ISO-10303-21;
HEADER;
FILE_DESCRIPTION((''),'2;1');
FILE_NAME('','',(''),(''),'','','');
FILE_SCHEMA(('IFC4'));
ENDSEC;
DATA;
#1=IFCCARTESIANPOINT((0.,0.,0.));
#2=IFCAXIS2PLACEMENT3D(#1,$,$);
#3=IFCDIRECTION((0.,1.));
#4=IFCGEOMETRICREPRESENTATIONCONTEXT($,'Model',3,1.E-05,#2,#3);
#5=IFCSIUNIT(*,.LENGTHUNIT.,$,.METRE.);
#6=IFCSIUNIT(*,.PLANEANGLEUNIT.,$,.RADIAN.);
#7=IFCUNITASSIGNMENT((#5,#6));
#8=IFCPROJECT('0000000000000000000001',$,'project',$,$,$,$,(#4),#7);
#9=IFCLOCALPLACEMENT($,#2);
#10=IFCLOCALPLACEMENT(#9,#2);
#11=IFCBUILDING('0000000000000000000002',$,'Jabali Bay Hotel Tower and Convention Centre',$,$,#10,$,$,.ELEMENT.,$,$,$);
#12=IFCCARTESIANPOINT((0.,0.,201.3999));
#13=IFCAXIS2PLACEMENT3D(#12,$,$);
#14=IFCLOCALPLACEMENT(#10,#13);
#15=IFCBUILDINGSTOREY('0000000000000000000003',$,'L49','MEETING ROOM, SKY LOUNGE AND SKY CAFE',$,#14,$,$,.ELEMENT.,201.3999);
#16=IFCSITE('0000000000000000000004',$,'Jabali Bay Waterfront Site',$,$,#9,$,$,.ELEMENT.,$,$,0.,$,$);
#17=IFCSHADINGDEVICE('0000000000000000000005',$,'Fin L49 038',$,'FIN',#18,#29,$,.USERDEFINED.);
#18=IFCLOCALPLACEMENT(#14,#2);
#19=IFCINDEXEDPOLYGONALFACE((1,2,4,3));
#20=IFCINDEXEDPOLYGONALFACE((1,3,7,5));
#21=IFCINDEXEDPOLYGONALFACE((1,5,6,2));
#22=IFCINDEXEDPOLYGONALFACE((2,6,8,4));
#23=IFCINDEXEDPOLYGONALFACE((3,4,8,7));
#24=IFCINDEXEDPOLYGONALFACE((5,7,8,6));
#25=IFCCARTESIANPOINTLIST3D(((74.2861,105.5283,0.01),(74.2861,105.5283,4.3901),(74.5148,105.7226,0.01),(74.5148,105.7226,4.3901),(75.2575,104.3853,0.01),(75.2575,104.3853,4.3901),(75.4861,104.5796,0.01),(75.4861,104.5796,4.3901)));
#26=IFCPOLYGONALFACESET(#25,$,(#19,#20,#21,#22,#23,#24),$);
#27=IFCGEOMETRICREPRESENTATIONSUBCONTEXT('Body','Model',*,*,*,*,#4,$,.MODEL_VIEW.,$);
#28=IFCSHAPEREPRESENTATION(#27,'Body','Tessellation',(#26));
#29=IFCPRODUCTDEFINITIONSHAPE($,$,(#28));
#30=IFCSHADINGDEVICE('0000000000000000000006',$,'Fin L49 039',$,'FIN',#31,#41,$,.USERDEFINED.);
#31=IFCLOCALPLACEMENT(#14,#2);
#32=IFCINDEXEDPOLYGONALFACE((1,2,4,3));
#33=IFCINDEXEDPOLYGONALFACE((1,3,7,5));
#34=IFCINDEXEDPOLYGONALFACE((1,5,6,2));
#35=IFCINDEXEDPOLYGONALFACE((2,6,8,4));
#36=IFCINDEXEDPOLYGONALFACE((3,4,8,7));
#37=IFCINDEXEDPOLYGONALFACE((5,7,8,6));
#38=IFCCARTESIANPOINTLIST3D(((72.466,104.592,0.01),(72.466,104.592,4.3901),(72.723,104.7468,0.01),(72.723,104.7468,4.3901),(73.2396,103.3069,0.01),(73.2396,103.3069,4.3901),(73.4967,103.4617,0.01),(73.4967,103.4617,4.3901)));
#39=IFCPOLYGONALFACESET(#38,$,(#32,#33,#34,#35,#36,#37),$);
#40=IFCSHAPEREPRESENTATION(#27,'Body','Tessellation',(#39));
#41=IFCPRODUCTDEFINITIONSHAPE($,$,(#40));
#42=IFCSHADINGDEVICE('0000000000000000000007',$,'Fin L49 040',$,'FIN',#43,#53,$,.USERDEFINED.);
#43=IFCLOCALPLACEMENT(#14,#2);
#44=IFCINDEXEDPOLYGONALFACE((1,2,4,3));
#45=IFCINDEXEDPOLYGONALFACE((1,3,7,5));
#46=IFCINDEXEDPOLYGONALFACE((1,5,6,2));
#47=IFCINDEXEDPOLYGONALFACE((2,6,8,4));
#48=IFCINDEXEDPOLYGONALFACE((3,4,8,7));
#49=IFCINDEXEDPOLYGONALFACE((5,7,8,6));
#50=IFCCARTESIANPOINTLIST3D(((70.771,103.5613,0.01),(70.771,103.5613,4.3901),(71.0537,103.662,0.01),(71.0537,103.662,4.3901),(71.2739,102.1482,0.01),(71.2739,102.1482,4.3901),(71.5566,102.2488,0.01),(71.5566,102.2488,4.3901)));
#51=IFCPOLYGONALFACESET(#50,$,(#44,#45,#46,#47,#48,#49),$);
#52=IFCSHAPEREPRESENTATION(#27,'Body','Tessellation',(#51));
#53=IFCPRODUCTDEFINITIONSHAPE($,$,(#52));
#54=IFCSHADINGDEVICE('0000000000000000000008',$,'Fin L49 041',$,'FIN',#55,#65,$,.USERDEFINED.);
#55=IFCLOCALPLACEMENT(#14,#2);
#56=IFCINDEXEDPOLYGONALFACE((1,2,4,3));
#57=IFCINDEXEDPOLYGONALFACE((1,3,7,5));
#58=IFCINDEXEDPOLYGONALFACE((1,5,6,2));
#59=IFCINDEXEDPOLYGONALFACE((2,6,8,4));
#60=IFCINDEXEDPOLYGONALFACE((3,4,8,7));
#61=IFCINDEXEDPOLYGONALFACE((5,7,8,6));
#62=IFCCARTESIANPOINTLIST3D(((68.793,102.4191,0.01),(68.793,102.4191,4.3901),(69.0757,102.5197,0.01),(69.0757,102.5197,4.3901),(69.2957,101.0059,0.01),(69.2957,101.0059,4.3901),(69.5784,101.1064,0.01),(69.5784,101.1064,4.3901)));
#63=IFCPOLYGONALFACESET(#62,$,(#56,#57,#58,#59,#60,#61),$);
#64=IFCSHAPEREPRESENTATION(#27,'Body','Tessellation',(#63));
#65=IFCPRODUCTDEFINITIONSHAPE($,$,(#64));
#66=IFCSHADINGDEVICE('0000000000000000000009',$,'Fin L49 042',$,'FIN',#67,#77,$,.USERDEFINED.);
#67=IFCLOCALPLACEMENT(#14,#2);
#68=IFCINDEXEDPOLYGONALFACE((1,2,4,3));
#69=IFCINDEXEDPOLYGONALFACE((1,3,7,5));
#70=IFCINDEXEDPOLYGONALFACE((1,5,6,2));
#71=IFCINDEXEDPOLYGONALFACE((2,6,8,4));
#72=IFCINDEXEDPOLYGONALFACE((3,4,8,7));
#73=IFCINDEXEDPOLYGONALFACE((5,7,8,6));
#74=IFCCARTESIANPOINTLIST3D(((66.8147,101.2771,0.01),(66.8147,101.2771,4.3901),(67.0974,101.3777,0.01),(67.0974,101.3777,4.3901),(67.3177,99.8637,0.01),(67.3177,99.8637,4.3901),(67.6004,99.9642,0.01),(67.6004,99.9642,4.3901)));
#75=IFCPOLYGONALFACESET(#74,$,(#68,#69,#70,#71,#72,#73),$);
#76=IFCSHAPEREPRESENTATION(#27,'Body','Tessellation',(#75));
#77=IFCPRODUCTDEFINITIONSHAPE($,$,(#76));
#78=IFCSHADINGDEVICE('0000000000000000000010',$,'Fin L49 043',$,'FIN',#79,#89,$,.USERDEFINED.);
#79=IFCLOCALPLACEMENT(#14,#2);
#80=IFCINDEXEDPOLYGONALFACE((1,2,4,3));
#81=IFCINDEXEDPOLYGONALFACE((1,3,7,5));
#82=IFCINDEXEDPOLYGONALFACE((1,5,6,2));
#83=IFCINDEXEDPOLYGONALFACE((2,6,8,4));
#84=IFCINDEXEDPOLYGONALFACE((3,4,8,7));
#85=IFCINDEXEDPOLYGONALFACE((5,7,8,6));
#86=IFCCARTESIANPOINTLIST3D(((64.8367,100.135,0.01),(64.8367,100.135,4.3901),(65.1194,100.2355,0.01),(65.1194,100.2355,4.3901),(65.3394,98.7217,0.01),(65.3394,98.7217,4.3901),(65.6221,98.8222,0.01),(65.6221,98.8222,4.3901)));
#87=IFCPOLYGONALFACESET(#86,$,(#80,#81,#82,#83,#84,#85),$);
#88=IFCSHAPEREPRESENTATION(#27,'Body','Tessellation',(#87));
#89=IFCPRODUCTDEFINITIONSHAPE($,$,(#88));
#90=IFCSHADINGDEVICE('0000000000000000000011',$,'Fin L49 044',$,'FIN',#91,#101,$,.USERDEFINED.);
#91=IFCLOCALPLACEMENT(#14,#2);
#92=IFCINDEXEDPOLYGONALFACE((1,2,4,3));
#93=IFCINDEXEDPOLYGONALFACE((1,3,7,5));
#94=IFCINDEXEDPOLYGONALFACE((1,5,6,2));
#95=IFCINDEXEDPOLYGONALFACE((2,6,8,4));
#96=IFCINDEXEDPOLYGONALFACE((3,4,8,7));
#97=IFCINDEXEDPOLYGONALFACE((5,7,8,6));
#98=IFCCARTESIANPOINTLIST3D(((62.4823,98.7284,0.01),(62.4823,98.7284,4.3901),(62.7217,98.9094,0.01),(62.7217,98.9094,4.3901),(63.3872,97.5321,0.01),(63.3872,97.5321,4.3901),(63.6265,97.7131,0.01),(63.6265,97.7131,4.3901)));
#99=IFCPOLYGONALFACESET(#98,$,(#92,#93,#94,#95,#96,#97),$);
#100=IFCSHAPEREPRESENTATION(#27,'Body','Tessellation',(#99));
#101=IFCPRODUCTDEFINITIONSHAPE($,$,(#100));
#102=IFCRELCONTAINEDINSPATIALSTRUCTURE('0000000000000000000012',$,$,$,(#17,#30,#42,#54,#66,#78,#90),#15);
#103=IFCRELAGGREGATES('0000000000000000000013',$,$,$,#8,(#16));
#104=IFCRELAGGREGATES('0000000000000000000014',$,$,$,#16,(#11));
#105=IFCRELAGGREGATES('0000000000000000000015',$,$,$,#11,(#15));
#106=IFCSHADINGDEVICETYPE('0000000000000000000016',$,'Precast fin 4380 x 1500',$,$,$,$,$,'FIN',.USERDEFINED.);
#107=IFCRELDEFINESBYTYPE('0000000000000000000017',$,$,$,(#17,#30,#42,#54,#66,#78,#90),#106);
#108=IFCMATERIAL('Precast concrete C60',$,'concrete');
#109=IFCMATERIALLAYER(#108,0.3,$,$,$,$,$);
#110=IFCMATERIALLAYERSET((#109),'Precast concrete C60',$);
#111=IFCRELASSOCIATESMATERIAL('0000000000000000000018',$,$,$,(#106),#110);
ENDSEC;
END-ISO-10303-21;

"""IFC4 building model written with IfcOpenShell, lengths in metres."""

from ifc_helpers import new_model, si_unit, direction, frame, frame_2d, origin, place, context, subcontext, project, spatial, rectangle, extrude, material, layer, layer_set, type_object, element, save


model = new_model("IFC4")

# Units and contexts
model_context = context("Model", 3, precision=1e-05, world=origin(), true_north=direction((0.0, 1.0)))
body_context = subcontext(model_context, "Body", "Model", "MODEL_VIEW")
ifc_project = project(units=[si_unit("LENGTHUNIT", "METRE"), si_unit("PLANEANGLEUNIT", "RADIAN")], contexts=[model_context])

# Site, building, storey
site_placement = place(None, origin())
site = spatial("IfcSite", under=ifc_project, at=site_placement, Name="Jabali Bay Waterfront Site", CompositionType="ELEMENT", RefElevation=0.0)
building_placement = place(site_placement, origin())
building = spatial("IfcBuilding", under=site, at=building_placement, Name="Jabali Bay Hotel Tower and Convention Centre", CompositionType="ELEMENT")
storey_placement = place(building_placement, frame((0.0, 0.0, 201.3999)))
storey = spatial("IfcBuildingStorey", under=building, at=storey_placement, Name="L49", Description="MEETING ROOM, SKY LOUNGE AND SKY CAFE", CompositionType="ELEMENT", Elevation=201.3999)

# Shading devices
ifc_material_1 = material(Name="Precast concrete C60", Category="concrete")
ifc_layer_1 = layer(ifc_material_1, 0.3)
ifc_layer_set_1 = layer_set([ifc_layer_1], Name="Precast concrete C60")
shading_device_type = type_object("IfcShadingDeviceType", Name="Precast fin 4380 x 1500", ElementType="FIN", PredefinedType="USERDEFINED", material=ifc_layer_set_1)
for number, where, z_axis, x_axis, name in (
    (1, (75.3718, 104.4824, 0.01), (0.0, 0.0, 1.0), (-0.647582, 0.761996, 0.0), "Fin L49 038"),
    (2, (73.3682, 103.3843, 0.01), (0.0, 0.0, 1.0), (-0.515764, 0.856731, 0.0), "Fin L49 039"),
    (3, (71.4153, 102.1985, 0.01), (0.0, 0.0, 1.0), (-0.335305, 0.94211, 0.0), "Fin L49 040"),
    (4, (69.437, 101.0562, 0.01), (0.0, 0.0, 1.0), (-0.335109, 0.942179, 0.0), "Fin L49 041"),
):
    element("IfcShadingDevice", number, at=place(storey_placement, frame(where, z_axis=z_axis, x_axis=x_axis)), inside=storey, type_object=shading_device_type, Name=name, ObjectType="FIN", PredefinedType="USERDEFINED", context=body_context, shape_type="SweptSolid", body=[
        extrude(rectangle(XDim=1.5, YDim=0.3, at=frame_2d((0.75, 0.0))), origin(), (0.0, 0.0, 1.0), 4.3801),
    ])
shading_device_placement = place(storey_placement, frame((67.459, 99.9141, 0.01), z_axis=(0.0, 0.0, 1.0), x_axis=(-0.335254, 0.942128, 0.0)))
element("IfcShadingDevice", 5, at=shading_device_placement, inside=storey, type_object=shading_device_type, Name="Fin L49 042", ObjectType="FIN", PredefinedType="USERDEFINED", context=body_context, shape_type="SweptSolid", body=[
    extrude(rectangle(XDim=1.5002, YDim=0.3, at=frame_2d((0.75, 0.0))), origin(), (0.0, 0.0, 1.0), 4.3801),
])
for number, where, z_axis, x_axis, name in (
    (6, (65.4807, 98.772, 0.01), (0.0, 0.0, 1.0), (-0.335109, 0.942179, 0.0), "Fin L49 043"),
    (7, (63.5068, 97.6226, 0.01), (0.0, 0.0, 1.0), (-0.603224, 0.797571, 0.0), "Fin L49 044"),
):
    element("IfcShadingDevice", number, at=place(storey_placement, frame(where, z_axis=z_axis, x_axis=x_axis)), inside=storey, type_object=shading_device_type, Name=name, ObjectType="FIN", PredefinedType="USERDEFINED", context=body_context, shape_type="SweptSolid", body=[
        extrude(rectangle(XDim=1.5, YDim=0.3, at=frame_2d((0.75, 0.0))), origin(), (0.0, 0.0, 1.0), 4.3801),
    ])

save(model, "model.ifc")
